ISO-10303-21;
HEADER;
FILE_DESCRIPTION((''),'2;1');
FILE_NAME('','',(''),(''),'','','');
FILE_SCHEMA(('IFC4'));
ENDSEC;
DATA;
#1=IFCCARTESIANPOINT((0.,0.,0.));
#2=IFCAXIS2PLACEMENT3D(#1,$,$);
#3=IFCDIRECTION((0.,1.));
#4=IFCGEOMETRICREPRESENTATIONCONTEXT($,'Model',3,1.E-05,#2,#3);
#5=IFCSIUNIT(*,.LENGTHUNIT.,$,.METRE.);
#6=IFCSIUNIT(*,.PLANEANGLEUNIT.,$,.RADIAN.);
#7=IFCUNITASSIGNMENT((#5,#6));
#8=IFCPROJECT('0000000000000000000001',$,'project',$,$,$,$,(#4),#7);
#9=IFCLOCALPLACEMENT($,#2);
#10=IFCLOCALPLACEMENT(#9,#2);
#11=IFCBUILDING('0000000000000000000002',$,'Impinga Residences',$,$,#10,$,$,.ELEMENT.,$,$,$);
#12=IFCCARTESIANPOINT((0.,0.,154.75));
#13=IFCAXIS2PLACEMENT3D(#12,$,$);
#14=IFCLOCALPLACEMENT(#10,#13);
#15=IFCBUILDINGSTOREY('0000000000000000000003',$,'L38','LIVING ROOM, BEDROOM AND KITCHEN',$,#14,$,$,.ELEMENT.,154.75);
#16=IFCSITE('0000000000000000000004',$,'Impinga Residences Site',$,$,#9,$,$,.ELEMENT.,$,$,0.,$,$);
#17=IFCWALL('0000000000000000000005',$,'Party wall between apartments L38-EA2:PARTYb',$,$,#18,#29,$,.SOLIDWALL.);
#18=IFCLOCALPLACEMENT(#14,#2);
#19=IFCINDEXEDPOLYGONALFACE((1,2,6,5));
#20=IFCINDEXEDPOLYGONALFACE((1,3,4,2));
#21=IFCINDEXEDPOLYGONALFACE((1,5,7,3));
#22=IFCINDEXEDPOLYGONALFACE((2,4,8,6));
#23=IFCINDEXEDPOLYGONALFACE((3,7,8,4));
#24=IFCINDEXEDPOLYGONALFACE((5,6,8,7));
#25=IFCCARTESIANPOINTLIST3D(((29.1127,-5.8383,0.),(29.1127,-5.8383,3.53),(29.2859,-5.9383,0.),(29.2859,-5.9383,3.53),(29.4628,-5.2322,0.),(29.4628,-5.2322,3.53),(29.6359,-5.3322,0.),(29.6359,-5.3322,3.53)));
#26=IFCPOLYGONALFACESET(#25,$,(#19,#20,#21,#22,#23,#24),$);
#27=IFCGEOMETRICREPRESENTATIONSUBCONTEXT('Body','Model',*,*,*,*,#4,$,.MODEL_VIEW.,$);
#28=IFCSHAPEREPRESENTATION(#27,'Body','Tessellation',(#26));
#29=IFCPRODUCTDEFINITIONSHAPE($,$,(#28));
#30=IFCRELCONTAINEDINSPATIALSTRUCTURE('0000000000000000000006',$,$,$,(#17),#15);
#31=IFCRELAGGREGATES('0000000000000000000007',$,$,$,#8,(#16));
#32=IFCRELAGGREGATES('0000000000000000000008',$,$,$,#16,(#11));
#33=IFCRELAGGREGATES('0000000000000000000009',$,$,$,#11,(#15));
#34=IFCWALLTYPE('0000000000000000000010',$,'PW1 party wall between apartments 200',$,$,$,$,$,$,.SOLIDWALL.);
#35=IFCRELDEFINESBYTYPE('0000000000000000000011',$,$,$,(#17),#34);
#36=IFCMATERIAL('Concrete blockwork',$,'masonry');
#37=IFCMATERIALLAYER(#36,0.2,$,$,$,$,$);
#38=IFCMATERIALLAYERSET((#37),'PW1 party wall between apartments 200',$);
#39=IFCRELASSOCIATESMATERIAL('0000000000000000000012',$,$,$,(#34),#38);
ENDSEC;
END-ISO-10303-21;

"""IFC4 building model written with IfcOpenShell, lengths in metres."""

from ifc_helpers import new_model, si_unit, direction, frame, frame_2d, origin, place, context, subcontext, project, spatial, rectangle, extrude, material, layer, layer_set, type_object, element, save


model = new_model("IFC4")

# Units and contexts
model_context = context("Model", 3, precision=1e-05, world=origin(), true_north=direction((0.0, 1.0)))
body_context = subcontext(model_context, "Body", "Model", "MODEL_VIEW")
ifc_project = project(units=[si_unit("LENGTHUNIT", "METRE"), si_unit("PLANEANGLEUNIT", "RADIAN")], contexts=[model_context])

# Site, building, storey
site_placement = place(None, origin())
site = spatial("IfcSite", under=ifc_project, at=site_placement, Name="Impinga Residences Site", CompositionType="ELEMENT", RefElevation=0.0)
building_placement = place(site_placement, origin())
building = spatial("IfcBuilding", under=site, at=building_placement, Name="Impinga Residences", CompositionType="ELEMENT")
storey_placement = place(building_placement, frame((0.0, 0.0, 154.75)))
storey = spatial("IfcBuildingStorey", under=building, at=storey_placement, Name="L38", Description="LIVING ROOM, BEDROOM AND KITCHEN", CompositionType="ELEMENT", Elevation=154.75)

# Wall
ifc_material_1 = material(Name="Concrete blockwork", Category="masonry")
ifc_layer_1 = layer(ifc_material_1, 0.2)
ifc_layer_set_1 = layer_set([ifc_layer_1], Name="PW1 party wall between apartments 200")
wall_type_1 = type_object("IfcWallType", Name="PW1 party wall between apartments 200", PredefinedType="SOLIDWALL", material=ifc_layer_set_1)
for number, where, z_axis, x_axis, name in (
    (1, (29.1992, -5.8884, 0.0), (0.0, 0.0, 1.0), (0.500115, 0.865959, 0.0), "Party wall between apartments L38-EA2:PARTYb"),
):
    element("IfcWall", number, at=place(storey_placement, frame(where, z_axis=z_axis, x_axis=x_axis)), inside=storey, type_object=wall_type_1, Name=name, PredefinedType="SOLIDWALL", context=body_context, shape_type="SweptSolid", body=[
        extrude(rectangle(XDim=0.7, YDim=0.2, at=frame_2d((0.3501, 0.0))), origin(), (0.0, 0.0, 1.0), 3.53),
    ])

save(model, "model.ifc")
